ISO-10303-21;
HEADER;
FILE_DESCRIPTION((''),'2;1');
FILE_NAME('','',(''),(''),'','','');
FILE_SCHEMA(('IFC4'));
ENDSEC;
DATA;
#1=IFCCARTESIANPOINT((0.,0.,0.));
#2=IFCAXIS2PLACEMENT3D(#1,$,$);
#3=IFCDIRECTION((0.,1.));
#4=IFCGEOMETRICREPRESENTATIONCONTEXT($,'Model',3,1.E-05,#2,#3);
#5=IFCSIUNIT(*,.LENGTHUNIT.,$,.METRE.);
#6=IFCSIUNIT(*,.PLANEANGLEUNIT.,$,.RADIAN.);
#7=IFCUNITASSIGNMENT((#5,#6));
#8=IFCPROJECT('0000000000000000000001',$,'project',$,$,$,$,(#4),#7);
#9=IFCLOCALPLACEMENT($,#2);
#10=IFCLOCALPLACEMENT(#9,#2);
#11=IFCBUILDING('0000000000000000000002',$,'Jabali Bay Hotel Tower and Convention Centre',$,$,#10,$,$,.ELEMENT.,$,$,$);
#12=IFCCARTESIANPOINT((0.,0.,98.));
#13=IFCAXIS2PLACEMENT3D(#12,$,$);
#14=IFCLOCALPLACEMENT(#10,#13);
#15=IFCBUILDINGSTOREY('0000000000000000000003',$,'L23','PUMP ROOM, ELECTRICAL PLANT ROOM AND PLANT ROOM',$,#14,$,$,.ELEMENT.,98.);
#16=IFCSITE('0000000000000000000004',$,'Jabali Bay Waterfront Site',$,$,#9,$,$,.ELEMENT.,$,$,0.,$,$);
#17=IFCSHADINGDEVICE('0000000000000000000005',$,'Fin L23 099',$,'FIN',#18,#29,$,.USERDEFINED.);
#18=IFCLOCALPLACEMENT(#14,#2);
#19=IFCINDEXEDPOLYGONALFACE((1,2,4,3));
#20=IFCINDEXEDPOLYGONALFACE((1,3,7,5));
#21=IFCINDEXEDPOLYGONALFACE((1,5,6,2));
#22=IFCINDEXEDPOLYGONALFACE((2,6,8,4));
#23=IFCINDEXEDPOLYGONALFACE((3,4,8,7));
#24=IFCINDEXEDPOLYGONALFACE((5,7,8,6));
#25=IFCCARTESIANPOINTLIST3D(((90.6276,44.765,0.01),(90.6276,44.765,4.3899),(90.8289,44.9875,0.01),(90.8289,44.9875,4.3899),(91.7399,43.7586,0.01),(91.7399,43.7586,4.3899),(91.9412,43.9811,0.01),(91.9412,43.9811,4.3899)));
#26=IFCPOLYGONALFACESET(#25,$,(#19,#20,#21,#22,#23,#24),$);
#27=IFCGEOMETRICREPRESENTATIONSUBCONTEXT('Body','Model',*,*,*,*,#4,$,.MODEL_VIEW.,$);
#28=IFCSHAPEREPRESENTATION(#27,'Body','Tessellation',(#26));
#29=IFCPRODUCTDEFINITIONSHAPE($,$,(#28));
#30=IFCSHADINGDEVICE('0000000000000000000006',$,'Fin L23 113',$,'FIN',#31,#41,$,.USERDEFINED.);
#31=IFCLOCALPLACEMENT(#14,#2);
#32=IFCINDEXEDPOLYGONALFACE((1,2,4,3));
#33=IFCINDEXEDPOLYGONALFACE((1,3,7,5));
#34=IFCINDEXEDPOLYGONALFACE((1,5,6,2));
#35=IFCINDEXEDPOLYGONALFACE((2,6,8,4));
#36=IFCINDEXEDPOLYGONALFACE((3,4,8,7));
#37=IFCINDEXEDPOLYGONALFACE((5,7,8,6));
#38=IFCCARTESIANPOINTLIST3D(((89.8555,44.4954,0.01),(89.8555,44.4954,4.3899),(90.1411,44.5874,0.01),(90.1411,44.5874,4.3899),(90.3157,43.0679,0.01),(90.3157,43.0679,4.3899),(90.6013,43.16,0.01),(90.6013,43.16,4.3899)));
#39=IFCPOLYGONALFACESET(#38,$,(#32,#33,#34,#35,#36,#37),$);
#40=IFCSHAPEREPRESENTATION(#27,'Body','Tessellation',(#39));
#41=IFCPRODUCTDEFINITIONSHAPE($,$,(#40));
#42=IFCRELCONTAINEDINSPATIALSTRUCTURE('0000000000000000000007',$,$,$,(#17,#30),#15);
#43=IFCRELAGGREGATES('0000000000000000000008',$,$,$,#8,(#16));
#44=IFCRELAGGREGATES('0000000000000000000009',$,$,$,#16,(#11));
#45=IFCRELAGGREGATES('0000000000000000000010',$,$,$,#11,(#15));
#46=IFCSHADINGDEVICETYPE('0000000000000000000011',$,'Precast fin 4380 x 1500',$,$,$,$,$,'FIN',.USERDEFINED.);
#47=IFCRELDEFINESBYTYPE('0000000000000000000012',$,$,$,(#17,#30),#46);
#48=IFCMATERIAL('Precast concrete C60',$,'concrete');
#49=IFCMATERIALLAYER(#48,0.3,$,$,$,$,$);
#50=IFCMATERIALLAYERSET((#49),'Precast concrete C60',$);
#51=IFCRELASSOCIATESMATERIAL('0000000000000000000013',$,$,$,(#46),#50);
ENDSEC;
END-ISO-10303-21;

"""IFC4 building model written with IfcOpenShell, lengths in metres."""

from ifc_helpers import new_model, si_unit, direction, frame, frame_2d, origin, place, context, subcontext, project, spatial, rectangle, extrude, material, layer, layer_set, type_object, element, save


model = new_model("IFC4")

# Units and contexts
model_context = context("Model", 3, precision=1e-05, world=origin(), true_north=direction((0.0, 1.0)))
body_context = subcontext(model_context, "Body", "Model", "MODEL_VIEW")
ifc_project = project(units=[si_unit("LENGTHUNIT", "METRE"), si_unit("PLANEANGLEUNIT", "RADIAN")], contexts=[model_context])

# Site, building, storey
site_placement = place(None, origin())
site = spatial("IfcSite", under=ifc_project, at=site_placement, Name="Jabali Bay Waterfront Site", CompositionType="ELEMENT", RefElevation=0.0)
building_placement = place(site_placement, origin())
building = spatial("IfcBuilding", under=site, at=building_placement, Name="Jabali Bay Hotel Tower and Convention Centre", CompositionType="ELEMENT")
storey_placement = place(building_placement, frame((0.0, 0.0, 98.0)))
storey = spatial("IfcBuildingStorey", under=building, at=storey_placement, Name="L23", Description="PUMP ROOM, ELECTRICAL PLANT ROOM AND PLANT ROOM", CompositionType="ELEMENT", Elevation=98.0)

# Shading devices
ifc_material_1 = material(Name="Precast concrete C60", Category="concrete")
ifc_layer_1 = layer(ifc_material_1, 0.3)
ifc_layer_set_1 = layer_set([ifc_layer_1], Name="Precast concrete C60")
shading_device_type = type_object("IfcShadingDeviceType", Name="Precast fin 4380 x 1500", ElementType="FIN", PredefinedType="USERDEFINED", material=ifc_layer_set_1)
shading_device_1_placement = place(storey_placement, frame((90.7283, 44.8762, 0.01), z_axis=(0.0, 0.0, 1.0), x_axis=(0.741543, -0.670905, 0.0)))
element("IfcShadingDevice", 1, at=shading_device_1_placement, inside=storey, type_object=shading_device_type, Name="Fin L23 099", ObjectType="FIN", PredefinedType="USERDEFINED", context=body_context, shape_type="SweptSolid", body=[
    extrude(rectangle(XDim=1.5, YDim=0.3, at=frame_2d((0.75, 0.0))), origin(), (0.0, 0.0, 1.0), 4.3799),
])
shading_device_2_placement = place(storey_placement, frame((89.9983, 44.5415, 0.01), z_axis=(0.0, 0.0, 1.0), x_axis=(0.306836, -0.951762, 0.0)))
element("IfcShadingDevice", 2, at=shading_device_2_placement, inside=storey, type_object=shading_device_type, Name="Fin L23 113", ObjectType="FIN", PredefinedType="USERDEFINED", context=body_context, shape_type="SweptSolid", body=[
    extrude(rectangle(XDim=1.4998, YDim=0.3, at=frame_2d((0.75, 0.0))), origin(), (0.0, 0.0, 1.0), 4.3799),
])

save(model, "model.ifc")
